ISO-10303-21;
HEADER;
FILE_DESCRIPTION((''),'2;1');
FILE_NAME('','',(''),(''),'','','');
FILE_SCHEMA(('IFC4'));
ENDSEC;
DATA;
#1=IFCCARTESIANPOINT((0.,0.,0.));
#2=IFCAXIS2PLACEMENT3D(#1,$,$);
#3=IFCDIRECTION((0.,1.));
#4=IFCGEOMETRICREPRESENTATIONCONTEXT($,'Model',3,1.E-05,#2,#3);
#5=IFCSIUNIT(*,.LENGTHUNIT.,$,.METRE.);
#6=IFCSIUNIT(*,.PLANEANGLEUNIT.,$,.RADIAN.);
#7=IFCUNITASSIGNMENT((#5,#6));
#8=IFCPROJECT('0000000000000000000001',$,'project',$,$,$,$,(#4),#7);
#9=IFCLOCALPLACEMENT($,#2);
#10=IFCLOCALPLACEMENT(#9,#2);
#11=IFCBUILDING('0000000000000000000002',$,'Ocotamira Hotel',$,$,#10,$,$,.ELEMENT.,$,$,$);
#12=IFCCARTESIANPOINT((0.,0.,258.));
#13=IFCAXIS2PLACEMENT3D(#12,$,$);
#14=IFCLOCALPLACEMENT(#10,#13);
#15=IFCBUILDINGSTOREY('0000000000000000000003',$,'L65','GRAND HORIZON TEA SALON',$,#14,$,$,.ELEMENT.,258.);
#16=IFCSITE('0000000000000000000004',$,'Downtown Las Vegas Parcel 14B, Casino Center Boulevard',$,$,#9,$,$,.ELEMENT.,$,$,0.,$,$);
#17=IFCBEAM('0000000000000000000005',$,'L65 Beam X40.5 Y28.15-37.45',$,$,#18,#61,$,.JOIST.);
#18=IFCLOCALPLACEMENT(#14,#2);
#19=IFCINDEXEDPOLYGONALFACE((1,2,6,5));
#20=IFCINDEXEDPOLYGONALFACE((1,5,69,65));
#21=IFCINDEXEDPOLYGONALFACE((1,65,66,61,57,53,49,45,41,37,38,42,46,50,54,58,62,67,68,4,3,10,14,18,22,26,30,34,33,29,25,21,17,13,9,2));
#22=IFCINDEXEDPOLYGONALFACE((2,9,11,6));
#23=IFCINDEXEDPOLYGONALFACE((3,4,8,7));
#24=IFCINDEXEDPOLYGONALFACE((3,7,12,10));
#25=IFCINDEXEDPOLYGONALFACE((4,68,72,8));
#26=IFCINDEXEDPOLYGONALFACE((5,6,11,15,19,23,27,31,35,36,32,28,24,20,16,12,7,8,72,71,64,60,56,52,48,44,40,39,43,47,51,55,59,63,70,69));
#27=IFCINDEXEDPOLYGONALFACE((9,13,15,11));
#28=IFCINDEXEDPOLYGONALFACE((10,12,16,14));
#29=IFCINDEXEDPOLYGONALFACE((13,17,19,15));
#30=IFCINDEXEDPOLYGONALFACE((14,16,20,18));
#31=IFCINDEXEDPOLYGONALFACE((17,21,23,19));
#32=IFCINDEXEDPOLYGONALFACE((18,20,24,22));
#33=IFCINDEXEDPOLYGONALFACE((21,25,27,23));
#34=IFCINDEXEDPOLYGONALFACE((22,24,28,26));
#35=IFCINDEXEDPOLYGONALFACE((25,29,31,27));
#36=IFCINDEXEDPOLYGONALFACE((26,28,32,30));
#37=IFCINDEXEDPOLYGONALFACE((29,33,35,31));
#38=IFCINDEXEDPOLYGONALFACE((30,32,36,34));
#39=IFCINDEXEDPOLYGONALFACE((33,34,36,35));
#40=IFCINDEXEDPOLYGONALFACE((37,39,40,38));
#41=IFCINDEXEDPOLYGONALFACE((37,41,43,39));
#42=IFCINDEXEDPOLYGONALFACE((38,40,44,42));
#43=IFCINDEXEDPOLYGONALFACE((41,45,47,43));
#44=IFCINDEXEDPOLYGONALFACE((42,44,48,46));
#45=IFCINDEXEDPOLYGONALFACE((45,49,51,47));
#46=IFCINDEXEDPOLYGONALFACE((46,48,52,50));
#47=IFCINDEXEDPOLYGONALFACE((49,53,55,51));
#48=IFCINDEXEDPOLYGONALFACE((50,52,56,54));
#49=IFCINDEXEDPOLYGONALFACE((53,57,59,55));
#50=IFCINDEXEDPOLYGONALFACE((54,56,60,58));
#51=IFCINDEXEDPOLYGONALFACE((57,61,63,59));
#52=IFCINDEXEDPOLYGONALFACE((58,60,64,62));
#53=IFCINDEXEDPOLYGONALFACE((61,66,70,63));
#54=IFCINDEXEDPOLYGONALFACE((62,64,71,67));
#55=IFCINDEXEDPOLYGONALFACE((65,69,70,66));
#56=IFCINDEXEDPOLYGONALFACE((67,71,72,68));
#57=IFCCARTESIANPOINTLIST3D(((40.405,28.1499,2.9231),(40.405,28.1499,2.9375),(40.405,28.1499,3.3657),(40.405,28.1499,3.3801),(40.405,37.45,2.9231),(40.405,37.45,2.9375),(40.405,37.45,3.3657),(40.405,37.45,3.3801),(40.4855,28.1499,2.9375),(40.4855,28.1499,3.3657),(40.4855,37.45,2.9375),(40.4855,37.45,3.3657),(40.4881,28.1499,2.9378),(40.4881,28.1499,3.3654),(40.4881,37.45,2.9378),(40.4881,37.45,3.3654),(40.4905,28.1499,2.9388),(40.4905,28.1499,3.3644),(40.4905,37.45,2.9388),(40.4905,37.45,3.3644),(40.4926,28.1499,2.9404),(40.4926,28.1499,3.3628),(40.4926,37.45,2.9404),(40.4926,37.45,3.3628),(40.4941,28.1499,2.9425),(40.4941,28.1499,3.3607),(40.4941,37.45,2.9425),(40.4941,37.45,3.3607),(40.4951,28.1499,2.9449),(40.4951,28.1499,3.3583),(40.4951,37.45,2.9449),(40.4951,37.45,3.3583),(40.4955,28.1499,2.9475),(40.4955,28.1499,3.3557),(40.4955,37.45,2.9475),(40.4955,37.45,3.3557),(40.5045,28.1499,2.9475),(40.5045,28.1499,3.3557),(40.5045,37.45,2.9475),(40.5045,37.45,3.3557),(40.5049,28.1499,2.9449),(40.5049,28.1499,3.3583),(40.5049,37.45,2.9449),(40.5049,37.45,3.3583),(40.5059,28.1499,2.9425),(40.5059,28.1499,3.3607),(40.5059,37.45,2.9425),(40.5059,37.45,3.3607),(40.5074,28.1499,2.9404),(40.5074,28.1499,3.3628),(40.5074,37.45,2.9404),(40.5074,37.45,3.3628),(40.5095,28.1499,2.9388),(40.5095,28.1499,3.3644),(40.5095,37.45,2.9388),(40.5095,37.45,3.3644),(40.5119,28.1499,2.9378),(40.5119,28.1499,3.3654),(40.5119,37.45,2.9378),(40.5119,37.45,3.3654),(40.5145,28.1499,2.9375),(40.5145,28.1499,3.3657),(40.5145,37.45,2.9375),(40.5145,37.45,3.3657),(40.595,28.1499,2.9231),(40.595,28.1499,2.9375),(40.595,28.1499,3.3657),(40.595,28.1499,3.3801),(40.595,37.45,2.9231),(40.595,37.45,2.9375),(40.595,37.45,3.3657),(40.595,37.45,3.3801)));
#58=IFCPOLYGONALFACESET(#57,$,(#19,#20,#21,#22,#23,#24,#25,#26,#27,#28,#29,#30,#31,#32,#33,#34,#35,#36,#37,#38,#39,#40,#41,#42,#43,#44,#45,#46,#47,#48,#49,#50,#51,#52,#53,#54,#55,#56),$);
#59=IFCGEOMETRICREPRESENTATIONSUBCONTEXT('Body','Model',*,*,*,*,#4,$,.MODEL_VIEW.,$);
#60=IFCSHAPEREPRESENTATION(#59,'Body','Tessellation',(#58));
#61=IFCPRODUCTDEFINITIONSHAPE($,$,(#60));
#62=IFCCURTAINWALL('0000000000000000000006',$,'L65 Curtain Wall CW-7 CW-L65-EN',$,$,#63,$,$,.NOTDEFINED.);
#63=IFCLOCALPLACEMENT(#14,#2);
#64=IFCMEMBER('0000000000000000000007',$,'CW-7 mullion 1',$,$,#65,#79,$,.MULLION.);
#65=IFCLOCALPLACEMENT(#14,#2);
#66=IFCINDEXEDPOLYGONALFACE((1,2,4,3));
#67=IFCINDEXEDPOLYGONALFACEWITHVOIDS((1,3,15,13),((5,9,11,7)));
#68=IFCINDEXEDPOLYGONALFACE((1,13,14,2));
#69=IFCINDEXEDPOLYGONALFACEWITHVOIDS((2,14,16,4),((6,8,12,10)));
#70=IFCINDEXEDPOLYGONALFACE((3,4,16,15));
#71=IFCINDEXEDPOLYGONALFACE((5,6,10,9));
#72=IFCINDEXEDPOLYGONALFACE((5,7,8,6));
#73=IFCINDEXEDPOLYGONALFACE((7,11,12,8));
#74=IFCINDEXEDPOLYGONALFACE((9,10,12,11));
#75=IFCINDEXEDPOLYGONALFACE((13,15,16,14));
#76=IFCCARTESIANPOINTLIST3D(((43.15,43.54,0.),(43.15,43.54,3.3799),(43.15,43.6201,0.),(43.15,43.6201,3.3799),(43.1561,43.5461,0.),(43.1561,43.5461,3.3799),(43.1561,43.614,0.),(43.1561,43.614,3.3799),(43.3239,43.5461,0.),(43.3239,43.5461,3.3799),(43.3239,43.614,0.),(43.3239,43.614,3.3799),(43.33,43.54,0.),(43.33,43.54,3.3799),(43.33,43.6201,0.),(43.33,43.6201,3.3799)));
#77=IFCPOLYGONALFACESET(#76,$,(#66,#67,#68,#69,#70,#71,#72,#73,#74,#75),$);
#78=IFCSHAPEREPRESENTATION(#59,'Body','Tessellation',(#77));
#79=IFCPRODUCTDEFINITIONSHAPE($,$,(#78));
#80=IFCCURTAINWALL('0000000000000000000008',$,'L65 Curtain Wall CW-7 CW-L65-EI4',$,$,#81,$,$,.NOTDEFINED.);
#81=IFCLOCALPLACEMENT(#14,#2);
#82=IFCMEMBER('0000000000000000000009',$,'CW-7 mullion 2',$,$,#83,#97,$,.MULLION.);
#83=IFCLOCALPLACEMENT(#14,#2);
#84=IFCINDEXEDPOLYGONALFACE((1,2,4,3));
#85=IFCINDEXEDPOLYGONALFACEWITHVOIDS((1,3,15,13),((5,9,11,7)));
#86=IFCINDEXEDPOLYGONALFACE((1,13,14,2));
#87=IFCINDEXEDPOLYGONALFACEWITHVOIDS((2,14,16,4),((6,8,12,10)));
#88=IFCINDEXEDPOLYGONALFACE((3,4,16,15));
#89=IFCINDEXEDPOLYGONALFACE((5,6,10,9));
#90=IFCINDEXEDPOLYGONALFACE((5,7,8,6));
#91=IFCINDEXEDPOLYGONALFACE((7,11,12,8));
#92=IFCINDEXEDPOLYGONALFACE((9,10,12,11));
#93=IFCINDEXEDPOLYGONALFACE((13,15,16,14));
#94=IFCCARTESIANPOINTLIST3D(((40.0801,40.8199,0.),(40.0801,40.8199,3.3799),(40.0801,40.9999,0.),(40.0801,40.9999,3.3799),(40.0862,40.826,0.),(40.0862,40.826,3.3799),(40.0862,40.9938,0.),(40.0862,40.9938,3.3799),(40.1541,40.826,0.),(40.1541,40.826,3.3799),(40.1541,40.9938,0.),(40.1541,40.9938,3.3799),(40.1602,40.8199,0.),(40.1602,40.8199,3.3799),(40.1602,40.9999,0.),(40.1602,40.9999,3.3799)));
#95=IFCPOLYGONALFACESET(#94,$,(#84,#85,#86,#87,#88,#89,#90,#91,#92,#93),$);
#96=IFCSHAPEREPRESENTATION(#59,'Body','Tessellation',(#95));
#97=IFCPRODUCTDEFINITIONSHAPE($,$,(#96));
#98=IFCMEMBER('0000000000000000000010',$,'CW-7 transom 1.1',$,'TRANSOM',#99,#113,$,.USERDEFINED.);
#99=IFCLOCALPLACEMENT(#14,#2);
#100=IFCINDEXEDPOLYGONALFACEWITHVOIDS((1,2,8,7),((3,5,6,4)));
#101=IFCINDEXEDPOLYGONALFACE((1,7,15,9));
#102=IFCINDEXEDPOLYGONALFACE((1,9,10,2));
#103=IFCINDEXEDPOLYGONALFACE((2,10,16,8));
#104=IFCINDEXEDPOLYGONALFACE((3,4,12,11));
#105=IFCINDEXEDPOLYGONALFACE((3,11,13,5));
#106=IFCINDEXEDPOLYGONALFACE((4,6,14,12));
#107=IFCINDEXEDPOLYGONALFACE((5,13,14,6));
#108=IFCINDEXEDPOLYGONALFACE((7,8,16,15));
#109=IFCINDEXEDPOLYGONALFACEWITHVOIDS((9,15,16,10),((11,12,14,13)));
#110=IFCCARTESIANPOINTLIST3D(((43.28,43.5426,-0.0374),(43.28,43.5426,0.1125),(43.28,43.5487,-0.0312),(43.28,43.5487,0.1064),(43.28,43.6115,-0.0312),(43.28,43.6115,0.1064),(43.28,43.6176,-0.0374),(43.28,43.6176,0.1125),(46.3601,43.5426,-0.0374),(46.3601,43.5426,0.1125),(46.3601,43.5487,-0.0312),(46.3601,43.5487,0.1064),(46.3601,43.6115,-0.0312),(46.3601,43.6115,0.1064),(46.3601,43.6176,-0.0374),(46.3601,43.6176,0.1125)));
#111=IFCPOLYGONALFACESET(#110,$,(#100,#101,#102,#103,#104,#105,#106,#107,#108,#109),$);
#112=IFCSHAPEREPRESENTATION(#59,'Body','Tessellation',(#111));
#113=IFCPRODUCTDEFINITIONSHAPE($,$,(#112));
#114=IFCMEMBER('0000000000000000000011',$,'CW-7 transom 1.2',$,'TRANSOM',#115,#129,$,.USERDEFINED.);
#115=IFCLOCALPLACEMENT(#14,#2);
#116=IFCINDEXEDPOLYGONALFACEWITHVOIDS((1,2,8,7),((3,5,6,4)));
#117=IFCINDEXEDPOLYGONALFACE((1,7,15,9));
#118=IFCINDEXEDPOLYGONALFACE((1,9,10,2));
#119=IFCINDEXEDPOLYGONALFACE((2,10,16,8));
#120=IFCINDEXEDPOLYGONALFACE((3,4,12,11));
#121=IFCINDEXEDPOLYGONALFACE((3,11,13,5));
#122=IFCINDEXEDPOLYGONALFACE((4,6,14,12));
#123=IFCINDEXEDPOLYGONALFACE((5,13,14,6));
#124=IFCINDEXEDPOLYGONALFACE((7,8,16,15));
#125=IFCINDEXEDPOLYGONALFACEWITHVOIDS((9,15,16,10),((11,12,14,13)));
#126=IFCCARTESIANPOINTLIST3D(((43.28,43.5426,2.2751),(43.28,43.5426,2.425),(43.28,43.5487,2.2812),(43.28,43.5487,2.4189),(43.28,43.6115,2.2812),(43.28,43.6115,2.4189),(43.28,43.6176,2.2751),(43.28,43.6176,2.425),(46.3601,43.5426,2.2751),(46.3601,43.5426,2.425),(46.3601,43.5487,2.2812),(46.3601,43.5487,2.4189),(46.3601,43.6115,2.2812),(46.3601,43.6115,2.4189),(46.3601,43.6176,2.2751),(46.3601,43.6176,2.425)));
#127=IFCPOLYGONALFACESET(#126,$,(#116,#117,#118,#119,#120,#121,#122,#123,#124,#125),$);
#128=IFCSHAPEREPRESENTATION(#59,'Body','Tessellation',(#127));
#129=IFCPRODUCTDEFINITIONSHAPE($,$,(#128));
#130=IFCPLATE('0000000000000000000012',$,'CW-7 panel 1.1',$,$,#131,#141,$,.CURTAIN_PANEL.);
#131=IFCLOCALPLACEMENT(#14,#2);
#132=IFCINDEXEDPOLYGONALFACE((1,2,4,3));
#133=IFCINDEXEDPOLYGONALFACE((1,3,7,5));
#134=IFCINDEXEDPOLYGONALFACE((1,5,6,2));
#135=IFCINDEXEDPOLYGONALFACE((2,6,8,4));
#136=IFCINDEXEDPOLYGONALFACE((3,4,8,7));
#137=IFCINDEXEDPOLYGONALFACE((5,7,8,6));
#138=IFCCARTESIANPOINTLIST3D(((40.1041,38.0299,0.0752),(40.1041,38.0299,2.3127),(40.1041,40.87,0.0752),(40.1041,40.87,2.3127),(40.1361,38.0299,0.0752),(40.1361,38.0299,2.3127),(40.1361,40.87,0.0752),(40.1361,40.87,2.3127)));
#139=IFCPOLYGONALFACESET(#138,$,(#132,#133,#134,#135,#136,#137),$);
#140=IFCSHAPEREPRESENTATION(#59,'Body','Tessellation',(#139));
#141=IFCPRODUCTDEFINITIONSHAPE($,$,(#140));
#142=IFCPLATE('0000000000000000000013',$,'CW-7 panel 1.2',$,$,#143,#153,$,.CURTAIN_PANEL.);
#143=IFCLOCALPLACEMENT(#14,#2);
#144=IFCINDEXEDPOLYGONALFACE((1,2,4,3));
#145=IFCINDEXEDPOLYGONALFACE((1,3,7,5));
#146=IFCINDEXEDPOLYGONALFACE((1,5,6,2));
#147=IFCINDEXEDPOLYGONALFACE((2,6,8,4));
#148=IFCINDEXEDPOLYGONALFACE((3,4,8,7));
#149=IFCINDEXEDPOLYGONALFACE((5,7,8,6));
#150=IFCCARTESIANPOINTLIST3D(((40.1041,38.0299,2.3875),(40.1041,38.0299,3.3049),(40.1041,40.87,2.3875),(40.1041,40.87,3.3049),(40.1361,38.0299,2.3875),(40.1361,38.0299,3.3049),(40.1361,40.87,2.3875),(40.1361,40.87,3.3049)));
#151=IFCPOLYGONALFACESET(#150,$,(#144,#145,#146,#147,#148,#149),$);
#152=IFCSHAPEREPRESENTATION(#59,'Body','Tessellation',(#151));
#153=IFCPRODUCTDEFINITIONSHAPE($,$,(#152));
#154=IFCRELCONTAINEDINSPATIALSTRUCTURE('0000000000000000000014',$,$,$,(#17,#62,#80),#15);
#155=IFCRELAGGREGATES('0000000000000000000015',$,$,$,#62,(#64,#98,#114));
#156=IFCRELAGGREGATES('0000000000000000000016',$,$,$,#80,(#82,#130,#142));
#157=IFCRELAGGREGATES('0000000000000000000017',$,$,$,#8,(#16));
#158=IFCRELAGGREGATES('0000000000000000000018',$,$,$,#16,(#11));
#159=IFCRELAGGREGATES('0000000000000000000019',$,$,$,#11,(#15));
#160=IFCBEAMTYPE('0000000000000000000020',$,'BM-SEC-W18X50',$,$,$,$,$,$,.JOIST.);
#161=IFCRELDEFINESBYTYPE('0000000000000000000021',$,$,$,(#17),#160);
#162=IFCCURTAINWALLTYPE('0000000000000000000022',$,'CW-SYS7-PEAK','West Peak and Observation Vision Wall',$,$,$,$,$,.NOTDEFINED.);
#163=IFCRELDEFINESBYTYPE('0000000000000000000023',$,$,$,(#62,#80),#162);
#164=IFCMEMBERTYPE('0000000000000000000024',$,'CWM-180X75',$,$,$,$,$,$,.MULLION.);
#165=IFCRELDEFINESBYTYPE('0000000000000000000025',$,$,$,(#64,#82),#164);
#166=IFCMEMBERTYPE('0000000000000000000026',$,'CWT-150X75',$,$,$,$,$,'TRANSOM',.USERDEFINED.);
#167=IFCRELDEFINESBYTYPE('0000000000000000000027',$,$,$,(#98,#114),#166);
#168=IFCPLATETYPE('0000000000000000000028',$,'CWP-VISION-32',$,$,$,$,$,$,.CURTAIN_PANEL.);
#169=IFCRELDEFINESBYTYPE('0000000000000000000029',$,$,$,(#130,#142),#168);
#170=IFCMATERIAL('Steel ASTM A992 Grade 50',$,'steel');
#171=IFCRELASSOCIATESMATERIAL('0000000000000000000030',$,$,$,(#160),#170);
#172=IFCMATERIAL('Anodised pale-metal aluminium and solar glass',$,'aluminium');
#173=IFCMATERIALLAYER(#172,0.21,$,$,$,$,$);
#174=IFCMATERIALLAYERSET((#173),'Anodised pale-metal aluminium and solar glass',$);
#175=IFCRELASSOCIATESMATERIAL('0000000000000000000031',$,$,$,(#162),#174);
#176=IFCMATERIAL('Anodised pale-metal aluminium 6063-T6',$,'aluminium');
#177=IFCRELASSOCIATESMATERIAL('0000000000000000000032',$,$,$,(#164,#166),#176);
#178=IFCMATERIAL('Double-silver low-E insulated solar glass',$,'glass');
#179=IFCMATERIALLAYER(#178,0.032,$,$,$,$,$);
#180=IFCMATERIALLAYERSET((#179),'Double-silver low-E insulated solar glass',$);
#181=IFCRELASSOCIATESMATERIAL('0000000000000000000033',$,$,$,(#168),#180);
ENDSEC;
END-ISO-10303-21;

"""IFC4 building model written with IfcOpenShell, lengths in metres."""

from ifc_helpers import new_model, si_unit, direction, frame, origin, origin_2d, place, context, subcontext, project, spatial, rectangle, hollow_rectangle, i_section, extrude, source, transform, mapped, material, layer, layer_set, material_profile, profile_set, type_object, element, aggregate, save


model = new_model("IFC4")

# Units and contexts
model_context = context("Model", 3, precision=1e-05, world=origin(), true_north=direction((0.0, 1.0)))
body_context = subcontext(model_context, "Body", "Model", "MODEL_VIEW")
ifc_project = project(units=[si_unit("LENGTHUNIT", "METRE"), si_unit("PLANEANGLEUNIT", "RADIAN")], contexts=[model_context])

# Site, building, storey
site_placement = place(None, origin())
site = spatial("IfcSite", under=ifc_project, at=site_placement, Name="Downtown Las Vegas Parcel 14B, Casino Center Boulevard", CompositionType="ELEMENT", RefElevation=0.0)
building_placement = place(site_placement, origin())
building = spatial("IfcBuilding", under=site, at=building_placement, Name="Ocotamira Hotel", CompositionType="ELEMENT")
storey_placement = place(building_placement, frame((0.0, 0.0, 258.0)))
storey = spatial("IfcBuildingStorey", under=building, at=storey_placement, Name="L65", Description="GRAND HORIZON TEA SALON", CompositionType="ELEMENT", Elevation=258.0)

# Beam
ifc_material_1 = material(Name="Steel ASTM A992 Grade 50", Category="steel")
ifc_material_profile_1 = material_profile(ifc_material_1, i_section(OverallWidth=0.1899, OverallDepth=0.457, WebThickness=0.009, FlangeThickness=0.0144, FilletRadius=0.01, at=origin_2d()), Name="W18X50")
ifc_profile_set_1 = profile_set([ifc_material_profile_1], Name="Steel ASTM A992 Grade 50")
beam_type_1 = type_object("IfcBeamType", Name="BM-SEC-W18X50", PredefinedType="JOIST", material=ifc_profile_set_1)
shared_shape_1 = source(origin(), body_context, "Body", "SweptSolid", [
    extrude(i_section(OverallWidth=0.1899, OverallDepth=0.457, WebThickness=0.009, FlangeThickness=0.0144, FilletRadius=0.01, at=origin_2d()), origin(), (0.0, 0.0, 1.0), 9.3),
])
beam_1_placement = place(storey_placement, frame((40.5, 28.1499, 3.1516), z_axis=(0.0, 1.0, 0.0), x_axis=(-1.0, 0.0, 0.0)))
element("IfcBeam", 1, at=beam_1_placement, inside=storey, type_object=beam_type_1, Name="L65 Beam X40.5 Y28.15-37.45", PredefinedType="JOIST", context=body_context, shape_type="MappedRepresentation", body=[
    mapped(shared_shape_1, transform((0.0, 0.0, 0.0), scale=1.0)),
])

# Curtain walls, members
ifc_material_2 = material(Name="Anodised pale-metal aluminium and solar glass", Category="aluminium")
ifc_layer_1 = layer(ifc_material_2, 0.21)
ifc_layer_set_1 = layer_set([ifc_layer_1], Name="Anodised pale-metal aluminium and solar glass")
curtain_wall_type = type_object("IfcCurtainWallType", Name="CW-SYS7-PEAK", Description="West Peak and Observation Vision Wall", PredefinedType="NOTDEFINED", material=ifc_layer_set_1)
curtain_wall_1_placement = place(storey_placement, origin())
curtain_wall_1 = element("IfcCurtainWall", 2, at=curtain_wall_1_placement, inside=storey, type_object=curtain_wall_type, Name="L65 Curtain Wall CW-7 CW-L65-EN", PredefinedType="NOTDEFINED")
ifc_material_3 = material(Name="Anodised pale-metal aluminium 6063-T6", Category="aluminium")
ifc_material_profile_2 = material_profile(ifc_material_3, hollow_rectangle(XDim=0.0801, YDim=0.1799, WallThickness=0.0061, at=origin_2d()), Name="HSS180X80X6")
ifc_profile_set_2 = profile_set([ifc_material_profile_2], Name="Anodised pale-metal aluminium 6063-T6")
member_type_1 = type_object("IfcMemberType", Name="CWM-180X75", PredefinedType="MULLION", material=ifc_profile_set_2)
shared_shape_2 = source(origin(), body_context, "Body", "SweptSolid", [
    extrude(hollow_rectangle(XDim=0.0801, YDim=0.1799, WallThickness=0.0061, at=origin_2d()), origin(), (0.0, 0.0, 1.0), 3.3799),
])
member_1_placement = place(storey_placement, frame((43.24, 43.5801, 0.0), z_axis=(0.0, 0.0, 1.0), x_axis=(0.0, 1.0, 0.0)))
member_1 = element("IfcMember", 3, at=member_1_placement, type_object=member_type_1, Name="CW-7 mullion 1", PredefinedType="MULLION", context=body_context, shape_type="MappedRepresentation", body=[
    mapped(shared_shape_2, transform((0.0, 0.0, 0.0), scale=1.0)),
])
curtain_wall_2_placement = place(storey_placement, origin())
curtain_wall_2 = element("IfcCurtainWall", 4, at=curtain_wall_2_placement, inside=storey, type_object=curtain_wall_type, Name="L65 Curtain Wall CW-7 CW-L65-EI4", PredefinedType="NOTDEFINED")
member_2_placement = place(storey_placement, frame((40.1201, 40.9099, 0.0), z_axis=(0.0, 0.0, 1.0), x_axis=(-1.0, 0.0, 0.0)))
member_2 = element("IfcMember", 5, at=member_2_placement, type_object=member_type_1, Name="CW-7 mullion 2", PredefinedType="MULLION", context=body_context, shape_type="MappedRepresentation", body=[
    mapped(shared_shape_2, transform((0.0, 0.0, 0.0), scale=1.0)),
])

# Members
ifc_material_profile_3 = material_profile(ifc_material_3, hollow_rectangle(XDim=0.075, YDim=0.1499, WallThickness=0.0061, at=origin_2d()), Name="HSS150X75X6")
ifc_profile_set_3 = profile_set([ifc_material_profile_3], Name="Anodised pale-metal aluminium 6063-T6")
member_type_2 = type_object("IfcMemberType", Name="CWT-150X75", ElementType="TRANSOM", PredefinedType="USERDEFINED", material=ifc_profile_set_3)
shared_shape_3 = source(origin(), body_context, "Body", "SweptSolid", [
    extrude(hollow_rectangle(XDim=0.075, YDim=0.1499, WallThickness=0.0061, at=origin_2d()), origin(), (0.0, 0.0, 1.0), 3.0801),
])
member_3_placement = place(storey_placement, frame((43.28, 43.5801, 0.0376), z_axis=(1.0, 0.0, 0.0), x_axis=(0.0, 1.0, 0.0)))
member_3 = element("IfcMember", 6, at=member_3_placement, type_object=member_type_2, Name="CW-7 transom 1.1", ObjectType="TRANSOM", PredefinedType="USERDEFINED", context=body_context, shape_type="MappedRepresentation", body=[
    mapped(shared_shape_3, transform((0.0, 0.0, 0.0), scale=1.0)),
])
member_4_placement = place(storey_placement, frame((43.28, 43.5801, 2.3501), z_axis=(1.0, 0.0, 0.0), x_axis=(0.0, 1.0, 0.0)))
member_4 = element("IfcMember", 7, at=member_4_placement, type_object=member_type_2, Name="CW-7 transom 1.2", ObjectType="TRANSOM", PredefinedType="USERDEFINED", context=body_context, shape_type="MappedRepresentation", body=[
    mapped(shared_shape_3, transform((0.0, 0.0, 0.0), scale=1.0)),
])
aggregate(curtain_wall_1, [member_1, member_3, member_4])

# Plates
ifc_material_4 = material(Name="Double-silver low-E insulated solar glass", Category="glass")
ifc_layer_2 = layer(ifc_material_4, 0.032)
ifc_layer_set_2 = layer_set([ifc_layer_2], Name="Double-silver low-E insulated solar glass")
plate_type = type_object("IfcPlateType", Name="CWP-VISION-32", PredefinedType="CURTAIN_PANEL", material=ifc_layer_set_2)
shared_shape_4 = source(origin(), body_context, "Body", "SweptSolid", [
    extrude(rectangle(XDim=2.8401, YDim=0.032, at=origin_2d()), origin(), (0.0, 0.0, 1.0), 2.2375),
])
plate_1_placement = place(storey_placement, frame((40.1201, 39.45, 0.0752), z_axis=(0.0, 0.0, 1.0), x_axis=(0.0, 1.0, 0.0)))
plate_1 = element("IfcPlate", 8, at=plate_1_placement, type_object=plate_type, Name="CW-7 panel 1.1", PredefinedType="CURTAIN_PANEL", context=body_context, shape_type="MappedRepresentation", body=[
    mapped(shared_shape_4, transform((0.0, 0.0, 0.0), scale=1.0)),
])
shared_shape_5 = source(origin(), body_context, "Body", "SweptSolid", [
    extrude(rectangle(XDim=2.8401, YDim=0.032, at=origin_2d()), origin(), (0.0, 0.0, 1.0), 0.9175),
])
plate_2_placement = place(storey_placement, frame((40.1201, 39.45, 2.3875), z_axis=(0.0, 0.0, 1.0), x_axis=(0.0, 1.0, 0.0)))
plate_2 = element("IfcPlate", 9, at=plate_2_placement, type_object=plate_type, Name="CW-7 panel 1.2", PredefinedType="CURTAIN_PANEL", context=body_context, shape_type="MappedRepresentation", body=[
    mapped(shared_shape_5, transform((0.0, 0.0, 0.0), scale=1.0)),
])
aggregate(curtain_wall_2, [member_2, plate_1, plate_2])

save(model, "model.ifc")
